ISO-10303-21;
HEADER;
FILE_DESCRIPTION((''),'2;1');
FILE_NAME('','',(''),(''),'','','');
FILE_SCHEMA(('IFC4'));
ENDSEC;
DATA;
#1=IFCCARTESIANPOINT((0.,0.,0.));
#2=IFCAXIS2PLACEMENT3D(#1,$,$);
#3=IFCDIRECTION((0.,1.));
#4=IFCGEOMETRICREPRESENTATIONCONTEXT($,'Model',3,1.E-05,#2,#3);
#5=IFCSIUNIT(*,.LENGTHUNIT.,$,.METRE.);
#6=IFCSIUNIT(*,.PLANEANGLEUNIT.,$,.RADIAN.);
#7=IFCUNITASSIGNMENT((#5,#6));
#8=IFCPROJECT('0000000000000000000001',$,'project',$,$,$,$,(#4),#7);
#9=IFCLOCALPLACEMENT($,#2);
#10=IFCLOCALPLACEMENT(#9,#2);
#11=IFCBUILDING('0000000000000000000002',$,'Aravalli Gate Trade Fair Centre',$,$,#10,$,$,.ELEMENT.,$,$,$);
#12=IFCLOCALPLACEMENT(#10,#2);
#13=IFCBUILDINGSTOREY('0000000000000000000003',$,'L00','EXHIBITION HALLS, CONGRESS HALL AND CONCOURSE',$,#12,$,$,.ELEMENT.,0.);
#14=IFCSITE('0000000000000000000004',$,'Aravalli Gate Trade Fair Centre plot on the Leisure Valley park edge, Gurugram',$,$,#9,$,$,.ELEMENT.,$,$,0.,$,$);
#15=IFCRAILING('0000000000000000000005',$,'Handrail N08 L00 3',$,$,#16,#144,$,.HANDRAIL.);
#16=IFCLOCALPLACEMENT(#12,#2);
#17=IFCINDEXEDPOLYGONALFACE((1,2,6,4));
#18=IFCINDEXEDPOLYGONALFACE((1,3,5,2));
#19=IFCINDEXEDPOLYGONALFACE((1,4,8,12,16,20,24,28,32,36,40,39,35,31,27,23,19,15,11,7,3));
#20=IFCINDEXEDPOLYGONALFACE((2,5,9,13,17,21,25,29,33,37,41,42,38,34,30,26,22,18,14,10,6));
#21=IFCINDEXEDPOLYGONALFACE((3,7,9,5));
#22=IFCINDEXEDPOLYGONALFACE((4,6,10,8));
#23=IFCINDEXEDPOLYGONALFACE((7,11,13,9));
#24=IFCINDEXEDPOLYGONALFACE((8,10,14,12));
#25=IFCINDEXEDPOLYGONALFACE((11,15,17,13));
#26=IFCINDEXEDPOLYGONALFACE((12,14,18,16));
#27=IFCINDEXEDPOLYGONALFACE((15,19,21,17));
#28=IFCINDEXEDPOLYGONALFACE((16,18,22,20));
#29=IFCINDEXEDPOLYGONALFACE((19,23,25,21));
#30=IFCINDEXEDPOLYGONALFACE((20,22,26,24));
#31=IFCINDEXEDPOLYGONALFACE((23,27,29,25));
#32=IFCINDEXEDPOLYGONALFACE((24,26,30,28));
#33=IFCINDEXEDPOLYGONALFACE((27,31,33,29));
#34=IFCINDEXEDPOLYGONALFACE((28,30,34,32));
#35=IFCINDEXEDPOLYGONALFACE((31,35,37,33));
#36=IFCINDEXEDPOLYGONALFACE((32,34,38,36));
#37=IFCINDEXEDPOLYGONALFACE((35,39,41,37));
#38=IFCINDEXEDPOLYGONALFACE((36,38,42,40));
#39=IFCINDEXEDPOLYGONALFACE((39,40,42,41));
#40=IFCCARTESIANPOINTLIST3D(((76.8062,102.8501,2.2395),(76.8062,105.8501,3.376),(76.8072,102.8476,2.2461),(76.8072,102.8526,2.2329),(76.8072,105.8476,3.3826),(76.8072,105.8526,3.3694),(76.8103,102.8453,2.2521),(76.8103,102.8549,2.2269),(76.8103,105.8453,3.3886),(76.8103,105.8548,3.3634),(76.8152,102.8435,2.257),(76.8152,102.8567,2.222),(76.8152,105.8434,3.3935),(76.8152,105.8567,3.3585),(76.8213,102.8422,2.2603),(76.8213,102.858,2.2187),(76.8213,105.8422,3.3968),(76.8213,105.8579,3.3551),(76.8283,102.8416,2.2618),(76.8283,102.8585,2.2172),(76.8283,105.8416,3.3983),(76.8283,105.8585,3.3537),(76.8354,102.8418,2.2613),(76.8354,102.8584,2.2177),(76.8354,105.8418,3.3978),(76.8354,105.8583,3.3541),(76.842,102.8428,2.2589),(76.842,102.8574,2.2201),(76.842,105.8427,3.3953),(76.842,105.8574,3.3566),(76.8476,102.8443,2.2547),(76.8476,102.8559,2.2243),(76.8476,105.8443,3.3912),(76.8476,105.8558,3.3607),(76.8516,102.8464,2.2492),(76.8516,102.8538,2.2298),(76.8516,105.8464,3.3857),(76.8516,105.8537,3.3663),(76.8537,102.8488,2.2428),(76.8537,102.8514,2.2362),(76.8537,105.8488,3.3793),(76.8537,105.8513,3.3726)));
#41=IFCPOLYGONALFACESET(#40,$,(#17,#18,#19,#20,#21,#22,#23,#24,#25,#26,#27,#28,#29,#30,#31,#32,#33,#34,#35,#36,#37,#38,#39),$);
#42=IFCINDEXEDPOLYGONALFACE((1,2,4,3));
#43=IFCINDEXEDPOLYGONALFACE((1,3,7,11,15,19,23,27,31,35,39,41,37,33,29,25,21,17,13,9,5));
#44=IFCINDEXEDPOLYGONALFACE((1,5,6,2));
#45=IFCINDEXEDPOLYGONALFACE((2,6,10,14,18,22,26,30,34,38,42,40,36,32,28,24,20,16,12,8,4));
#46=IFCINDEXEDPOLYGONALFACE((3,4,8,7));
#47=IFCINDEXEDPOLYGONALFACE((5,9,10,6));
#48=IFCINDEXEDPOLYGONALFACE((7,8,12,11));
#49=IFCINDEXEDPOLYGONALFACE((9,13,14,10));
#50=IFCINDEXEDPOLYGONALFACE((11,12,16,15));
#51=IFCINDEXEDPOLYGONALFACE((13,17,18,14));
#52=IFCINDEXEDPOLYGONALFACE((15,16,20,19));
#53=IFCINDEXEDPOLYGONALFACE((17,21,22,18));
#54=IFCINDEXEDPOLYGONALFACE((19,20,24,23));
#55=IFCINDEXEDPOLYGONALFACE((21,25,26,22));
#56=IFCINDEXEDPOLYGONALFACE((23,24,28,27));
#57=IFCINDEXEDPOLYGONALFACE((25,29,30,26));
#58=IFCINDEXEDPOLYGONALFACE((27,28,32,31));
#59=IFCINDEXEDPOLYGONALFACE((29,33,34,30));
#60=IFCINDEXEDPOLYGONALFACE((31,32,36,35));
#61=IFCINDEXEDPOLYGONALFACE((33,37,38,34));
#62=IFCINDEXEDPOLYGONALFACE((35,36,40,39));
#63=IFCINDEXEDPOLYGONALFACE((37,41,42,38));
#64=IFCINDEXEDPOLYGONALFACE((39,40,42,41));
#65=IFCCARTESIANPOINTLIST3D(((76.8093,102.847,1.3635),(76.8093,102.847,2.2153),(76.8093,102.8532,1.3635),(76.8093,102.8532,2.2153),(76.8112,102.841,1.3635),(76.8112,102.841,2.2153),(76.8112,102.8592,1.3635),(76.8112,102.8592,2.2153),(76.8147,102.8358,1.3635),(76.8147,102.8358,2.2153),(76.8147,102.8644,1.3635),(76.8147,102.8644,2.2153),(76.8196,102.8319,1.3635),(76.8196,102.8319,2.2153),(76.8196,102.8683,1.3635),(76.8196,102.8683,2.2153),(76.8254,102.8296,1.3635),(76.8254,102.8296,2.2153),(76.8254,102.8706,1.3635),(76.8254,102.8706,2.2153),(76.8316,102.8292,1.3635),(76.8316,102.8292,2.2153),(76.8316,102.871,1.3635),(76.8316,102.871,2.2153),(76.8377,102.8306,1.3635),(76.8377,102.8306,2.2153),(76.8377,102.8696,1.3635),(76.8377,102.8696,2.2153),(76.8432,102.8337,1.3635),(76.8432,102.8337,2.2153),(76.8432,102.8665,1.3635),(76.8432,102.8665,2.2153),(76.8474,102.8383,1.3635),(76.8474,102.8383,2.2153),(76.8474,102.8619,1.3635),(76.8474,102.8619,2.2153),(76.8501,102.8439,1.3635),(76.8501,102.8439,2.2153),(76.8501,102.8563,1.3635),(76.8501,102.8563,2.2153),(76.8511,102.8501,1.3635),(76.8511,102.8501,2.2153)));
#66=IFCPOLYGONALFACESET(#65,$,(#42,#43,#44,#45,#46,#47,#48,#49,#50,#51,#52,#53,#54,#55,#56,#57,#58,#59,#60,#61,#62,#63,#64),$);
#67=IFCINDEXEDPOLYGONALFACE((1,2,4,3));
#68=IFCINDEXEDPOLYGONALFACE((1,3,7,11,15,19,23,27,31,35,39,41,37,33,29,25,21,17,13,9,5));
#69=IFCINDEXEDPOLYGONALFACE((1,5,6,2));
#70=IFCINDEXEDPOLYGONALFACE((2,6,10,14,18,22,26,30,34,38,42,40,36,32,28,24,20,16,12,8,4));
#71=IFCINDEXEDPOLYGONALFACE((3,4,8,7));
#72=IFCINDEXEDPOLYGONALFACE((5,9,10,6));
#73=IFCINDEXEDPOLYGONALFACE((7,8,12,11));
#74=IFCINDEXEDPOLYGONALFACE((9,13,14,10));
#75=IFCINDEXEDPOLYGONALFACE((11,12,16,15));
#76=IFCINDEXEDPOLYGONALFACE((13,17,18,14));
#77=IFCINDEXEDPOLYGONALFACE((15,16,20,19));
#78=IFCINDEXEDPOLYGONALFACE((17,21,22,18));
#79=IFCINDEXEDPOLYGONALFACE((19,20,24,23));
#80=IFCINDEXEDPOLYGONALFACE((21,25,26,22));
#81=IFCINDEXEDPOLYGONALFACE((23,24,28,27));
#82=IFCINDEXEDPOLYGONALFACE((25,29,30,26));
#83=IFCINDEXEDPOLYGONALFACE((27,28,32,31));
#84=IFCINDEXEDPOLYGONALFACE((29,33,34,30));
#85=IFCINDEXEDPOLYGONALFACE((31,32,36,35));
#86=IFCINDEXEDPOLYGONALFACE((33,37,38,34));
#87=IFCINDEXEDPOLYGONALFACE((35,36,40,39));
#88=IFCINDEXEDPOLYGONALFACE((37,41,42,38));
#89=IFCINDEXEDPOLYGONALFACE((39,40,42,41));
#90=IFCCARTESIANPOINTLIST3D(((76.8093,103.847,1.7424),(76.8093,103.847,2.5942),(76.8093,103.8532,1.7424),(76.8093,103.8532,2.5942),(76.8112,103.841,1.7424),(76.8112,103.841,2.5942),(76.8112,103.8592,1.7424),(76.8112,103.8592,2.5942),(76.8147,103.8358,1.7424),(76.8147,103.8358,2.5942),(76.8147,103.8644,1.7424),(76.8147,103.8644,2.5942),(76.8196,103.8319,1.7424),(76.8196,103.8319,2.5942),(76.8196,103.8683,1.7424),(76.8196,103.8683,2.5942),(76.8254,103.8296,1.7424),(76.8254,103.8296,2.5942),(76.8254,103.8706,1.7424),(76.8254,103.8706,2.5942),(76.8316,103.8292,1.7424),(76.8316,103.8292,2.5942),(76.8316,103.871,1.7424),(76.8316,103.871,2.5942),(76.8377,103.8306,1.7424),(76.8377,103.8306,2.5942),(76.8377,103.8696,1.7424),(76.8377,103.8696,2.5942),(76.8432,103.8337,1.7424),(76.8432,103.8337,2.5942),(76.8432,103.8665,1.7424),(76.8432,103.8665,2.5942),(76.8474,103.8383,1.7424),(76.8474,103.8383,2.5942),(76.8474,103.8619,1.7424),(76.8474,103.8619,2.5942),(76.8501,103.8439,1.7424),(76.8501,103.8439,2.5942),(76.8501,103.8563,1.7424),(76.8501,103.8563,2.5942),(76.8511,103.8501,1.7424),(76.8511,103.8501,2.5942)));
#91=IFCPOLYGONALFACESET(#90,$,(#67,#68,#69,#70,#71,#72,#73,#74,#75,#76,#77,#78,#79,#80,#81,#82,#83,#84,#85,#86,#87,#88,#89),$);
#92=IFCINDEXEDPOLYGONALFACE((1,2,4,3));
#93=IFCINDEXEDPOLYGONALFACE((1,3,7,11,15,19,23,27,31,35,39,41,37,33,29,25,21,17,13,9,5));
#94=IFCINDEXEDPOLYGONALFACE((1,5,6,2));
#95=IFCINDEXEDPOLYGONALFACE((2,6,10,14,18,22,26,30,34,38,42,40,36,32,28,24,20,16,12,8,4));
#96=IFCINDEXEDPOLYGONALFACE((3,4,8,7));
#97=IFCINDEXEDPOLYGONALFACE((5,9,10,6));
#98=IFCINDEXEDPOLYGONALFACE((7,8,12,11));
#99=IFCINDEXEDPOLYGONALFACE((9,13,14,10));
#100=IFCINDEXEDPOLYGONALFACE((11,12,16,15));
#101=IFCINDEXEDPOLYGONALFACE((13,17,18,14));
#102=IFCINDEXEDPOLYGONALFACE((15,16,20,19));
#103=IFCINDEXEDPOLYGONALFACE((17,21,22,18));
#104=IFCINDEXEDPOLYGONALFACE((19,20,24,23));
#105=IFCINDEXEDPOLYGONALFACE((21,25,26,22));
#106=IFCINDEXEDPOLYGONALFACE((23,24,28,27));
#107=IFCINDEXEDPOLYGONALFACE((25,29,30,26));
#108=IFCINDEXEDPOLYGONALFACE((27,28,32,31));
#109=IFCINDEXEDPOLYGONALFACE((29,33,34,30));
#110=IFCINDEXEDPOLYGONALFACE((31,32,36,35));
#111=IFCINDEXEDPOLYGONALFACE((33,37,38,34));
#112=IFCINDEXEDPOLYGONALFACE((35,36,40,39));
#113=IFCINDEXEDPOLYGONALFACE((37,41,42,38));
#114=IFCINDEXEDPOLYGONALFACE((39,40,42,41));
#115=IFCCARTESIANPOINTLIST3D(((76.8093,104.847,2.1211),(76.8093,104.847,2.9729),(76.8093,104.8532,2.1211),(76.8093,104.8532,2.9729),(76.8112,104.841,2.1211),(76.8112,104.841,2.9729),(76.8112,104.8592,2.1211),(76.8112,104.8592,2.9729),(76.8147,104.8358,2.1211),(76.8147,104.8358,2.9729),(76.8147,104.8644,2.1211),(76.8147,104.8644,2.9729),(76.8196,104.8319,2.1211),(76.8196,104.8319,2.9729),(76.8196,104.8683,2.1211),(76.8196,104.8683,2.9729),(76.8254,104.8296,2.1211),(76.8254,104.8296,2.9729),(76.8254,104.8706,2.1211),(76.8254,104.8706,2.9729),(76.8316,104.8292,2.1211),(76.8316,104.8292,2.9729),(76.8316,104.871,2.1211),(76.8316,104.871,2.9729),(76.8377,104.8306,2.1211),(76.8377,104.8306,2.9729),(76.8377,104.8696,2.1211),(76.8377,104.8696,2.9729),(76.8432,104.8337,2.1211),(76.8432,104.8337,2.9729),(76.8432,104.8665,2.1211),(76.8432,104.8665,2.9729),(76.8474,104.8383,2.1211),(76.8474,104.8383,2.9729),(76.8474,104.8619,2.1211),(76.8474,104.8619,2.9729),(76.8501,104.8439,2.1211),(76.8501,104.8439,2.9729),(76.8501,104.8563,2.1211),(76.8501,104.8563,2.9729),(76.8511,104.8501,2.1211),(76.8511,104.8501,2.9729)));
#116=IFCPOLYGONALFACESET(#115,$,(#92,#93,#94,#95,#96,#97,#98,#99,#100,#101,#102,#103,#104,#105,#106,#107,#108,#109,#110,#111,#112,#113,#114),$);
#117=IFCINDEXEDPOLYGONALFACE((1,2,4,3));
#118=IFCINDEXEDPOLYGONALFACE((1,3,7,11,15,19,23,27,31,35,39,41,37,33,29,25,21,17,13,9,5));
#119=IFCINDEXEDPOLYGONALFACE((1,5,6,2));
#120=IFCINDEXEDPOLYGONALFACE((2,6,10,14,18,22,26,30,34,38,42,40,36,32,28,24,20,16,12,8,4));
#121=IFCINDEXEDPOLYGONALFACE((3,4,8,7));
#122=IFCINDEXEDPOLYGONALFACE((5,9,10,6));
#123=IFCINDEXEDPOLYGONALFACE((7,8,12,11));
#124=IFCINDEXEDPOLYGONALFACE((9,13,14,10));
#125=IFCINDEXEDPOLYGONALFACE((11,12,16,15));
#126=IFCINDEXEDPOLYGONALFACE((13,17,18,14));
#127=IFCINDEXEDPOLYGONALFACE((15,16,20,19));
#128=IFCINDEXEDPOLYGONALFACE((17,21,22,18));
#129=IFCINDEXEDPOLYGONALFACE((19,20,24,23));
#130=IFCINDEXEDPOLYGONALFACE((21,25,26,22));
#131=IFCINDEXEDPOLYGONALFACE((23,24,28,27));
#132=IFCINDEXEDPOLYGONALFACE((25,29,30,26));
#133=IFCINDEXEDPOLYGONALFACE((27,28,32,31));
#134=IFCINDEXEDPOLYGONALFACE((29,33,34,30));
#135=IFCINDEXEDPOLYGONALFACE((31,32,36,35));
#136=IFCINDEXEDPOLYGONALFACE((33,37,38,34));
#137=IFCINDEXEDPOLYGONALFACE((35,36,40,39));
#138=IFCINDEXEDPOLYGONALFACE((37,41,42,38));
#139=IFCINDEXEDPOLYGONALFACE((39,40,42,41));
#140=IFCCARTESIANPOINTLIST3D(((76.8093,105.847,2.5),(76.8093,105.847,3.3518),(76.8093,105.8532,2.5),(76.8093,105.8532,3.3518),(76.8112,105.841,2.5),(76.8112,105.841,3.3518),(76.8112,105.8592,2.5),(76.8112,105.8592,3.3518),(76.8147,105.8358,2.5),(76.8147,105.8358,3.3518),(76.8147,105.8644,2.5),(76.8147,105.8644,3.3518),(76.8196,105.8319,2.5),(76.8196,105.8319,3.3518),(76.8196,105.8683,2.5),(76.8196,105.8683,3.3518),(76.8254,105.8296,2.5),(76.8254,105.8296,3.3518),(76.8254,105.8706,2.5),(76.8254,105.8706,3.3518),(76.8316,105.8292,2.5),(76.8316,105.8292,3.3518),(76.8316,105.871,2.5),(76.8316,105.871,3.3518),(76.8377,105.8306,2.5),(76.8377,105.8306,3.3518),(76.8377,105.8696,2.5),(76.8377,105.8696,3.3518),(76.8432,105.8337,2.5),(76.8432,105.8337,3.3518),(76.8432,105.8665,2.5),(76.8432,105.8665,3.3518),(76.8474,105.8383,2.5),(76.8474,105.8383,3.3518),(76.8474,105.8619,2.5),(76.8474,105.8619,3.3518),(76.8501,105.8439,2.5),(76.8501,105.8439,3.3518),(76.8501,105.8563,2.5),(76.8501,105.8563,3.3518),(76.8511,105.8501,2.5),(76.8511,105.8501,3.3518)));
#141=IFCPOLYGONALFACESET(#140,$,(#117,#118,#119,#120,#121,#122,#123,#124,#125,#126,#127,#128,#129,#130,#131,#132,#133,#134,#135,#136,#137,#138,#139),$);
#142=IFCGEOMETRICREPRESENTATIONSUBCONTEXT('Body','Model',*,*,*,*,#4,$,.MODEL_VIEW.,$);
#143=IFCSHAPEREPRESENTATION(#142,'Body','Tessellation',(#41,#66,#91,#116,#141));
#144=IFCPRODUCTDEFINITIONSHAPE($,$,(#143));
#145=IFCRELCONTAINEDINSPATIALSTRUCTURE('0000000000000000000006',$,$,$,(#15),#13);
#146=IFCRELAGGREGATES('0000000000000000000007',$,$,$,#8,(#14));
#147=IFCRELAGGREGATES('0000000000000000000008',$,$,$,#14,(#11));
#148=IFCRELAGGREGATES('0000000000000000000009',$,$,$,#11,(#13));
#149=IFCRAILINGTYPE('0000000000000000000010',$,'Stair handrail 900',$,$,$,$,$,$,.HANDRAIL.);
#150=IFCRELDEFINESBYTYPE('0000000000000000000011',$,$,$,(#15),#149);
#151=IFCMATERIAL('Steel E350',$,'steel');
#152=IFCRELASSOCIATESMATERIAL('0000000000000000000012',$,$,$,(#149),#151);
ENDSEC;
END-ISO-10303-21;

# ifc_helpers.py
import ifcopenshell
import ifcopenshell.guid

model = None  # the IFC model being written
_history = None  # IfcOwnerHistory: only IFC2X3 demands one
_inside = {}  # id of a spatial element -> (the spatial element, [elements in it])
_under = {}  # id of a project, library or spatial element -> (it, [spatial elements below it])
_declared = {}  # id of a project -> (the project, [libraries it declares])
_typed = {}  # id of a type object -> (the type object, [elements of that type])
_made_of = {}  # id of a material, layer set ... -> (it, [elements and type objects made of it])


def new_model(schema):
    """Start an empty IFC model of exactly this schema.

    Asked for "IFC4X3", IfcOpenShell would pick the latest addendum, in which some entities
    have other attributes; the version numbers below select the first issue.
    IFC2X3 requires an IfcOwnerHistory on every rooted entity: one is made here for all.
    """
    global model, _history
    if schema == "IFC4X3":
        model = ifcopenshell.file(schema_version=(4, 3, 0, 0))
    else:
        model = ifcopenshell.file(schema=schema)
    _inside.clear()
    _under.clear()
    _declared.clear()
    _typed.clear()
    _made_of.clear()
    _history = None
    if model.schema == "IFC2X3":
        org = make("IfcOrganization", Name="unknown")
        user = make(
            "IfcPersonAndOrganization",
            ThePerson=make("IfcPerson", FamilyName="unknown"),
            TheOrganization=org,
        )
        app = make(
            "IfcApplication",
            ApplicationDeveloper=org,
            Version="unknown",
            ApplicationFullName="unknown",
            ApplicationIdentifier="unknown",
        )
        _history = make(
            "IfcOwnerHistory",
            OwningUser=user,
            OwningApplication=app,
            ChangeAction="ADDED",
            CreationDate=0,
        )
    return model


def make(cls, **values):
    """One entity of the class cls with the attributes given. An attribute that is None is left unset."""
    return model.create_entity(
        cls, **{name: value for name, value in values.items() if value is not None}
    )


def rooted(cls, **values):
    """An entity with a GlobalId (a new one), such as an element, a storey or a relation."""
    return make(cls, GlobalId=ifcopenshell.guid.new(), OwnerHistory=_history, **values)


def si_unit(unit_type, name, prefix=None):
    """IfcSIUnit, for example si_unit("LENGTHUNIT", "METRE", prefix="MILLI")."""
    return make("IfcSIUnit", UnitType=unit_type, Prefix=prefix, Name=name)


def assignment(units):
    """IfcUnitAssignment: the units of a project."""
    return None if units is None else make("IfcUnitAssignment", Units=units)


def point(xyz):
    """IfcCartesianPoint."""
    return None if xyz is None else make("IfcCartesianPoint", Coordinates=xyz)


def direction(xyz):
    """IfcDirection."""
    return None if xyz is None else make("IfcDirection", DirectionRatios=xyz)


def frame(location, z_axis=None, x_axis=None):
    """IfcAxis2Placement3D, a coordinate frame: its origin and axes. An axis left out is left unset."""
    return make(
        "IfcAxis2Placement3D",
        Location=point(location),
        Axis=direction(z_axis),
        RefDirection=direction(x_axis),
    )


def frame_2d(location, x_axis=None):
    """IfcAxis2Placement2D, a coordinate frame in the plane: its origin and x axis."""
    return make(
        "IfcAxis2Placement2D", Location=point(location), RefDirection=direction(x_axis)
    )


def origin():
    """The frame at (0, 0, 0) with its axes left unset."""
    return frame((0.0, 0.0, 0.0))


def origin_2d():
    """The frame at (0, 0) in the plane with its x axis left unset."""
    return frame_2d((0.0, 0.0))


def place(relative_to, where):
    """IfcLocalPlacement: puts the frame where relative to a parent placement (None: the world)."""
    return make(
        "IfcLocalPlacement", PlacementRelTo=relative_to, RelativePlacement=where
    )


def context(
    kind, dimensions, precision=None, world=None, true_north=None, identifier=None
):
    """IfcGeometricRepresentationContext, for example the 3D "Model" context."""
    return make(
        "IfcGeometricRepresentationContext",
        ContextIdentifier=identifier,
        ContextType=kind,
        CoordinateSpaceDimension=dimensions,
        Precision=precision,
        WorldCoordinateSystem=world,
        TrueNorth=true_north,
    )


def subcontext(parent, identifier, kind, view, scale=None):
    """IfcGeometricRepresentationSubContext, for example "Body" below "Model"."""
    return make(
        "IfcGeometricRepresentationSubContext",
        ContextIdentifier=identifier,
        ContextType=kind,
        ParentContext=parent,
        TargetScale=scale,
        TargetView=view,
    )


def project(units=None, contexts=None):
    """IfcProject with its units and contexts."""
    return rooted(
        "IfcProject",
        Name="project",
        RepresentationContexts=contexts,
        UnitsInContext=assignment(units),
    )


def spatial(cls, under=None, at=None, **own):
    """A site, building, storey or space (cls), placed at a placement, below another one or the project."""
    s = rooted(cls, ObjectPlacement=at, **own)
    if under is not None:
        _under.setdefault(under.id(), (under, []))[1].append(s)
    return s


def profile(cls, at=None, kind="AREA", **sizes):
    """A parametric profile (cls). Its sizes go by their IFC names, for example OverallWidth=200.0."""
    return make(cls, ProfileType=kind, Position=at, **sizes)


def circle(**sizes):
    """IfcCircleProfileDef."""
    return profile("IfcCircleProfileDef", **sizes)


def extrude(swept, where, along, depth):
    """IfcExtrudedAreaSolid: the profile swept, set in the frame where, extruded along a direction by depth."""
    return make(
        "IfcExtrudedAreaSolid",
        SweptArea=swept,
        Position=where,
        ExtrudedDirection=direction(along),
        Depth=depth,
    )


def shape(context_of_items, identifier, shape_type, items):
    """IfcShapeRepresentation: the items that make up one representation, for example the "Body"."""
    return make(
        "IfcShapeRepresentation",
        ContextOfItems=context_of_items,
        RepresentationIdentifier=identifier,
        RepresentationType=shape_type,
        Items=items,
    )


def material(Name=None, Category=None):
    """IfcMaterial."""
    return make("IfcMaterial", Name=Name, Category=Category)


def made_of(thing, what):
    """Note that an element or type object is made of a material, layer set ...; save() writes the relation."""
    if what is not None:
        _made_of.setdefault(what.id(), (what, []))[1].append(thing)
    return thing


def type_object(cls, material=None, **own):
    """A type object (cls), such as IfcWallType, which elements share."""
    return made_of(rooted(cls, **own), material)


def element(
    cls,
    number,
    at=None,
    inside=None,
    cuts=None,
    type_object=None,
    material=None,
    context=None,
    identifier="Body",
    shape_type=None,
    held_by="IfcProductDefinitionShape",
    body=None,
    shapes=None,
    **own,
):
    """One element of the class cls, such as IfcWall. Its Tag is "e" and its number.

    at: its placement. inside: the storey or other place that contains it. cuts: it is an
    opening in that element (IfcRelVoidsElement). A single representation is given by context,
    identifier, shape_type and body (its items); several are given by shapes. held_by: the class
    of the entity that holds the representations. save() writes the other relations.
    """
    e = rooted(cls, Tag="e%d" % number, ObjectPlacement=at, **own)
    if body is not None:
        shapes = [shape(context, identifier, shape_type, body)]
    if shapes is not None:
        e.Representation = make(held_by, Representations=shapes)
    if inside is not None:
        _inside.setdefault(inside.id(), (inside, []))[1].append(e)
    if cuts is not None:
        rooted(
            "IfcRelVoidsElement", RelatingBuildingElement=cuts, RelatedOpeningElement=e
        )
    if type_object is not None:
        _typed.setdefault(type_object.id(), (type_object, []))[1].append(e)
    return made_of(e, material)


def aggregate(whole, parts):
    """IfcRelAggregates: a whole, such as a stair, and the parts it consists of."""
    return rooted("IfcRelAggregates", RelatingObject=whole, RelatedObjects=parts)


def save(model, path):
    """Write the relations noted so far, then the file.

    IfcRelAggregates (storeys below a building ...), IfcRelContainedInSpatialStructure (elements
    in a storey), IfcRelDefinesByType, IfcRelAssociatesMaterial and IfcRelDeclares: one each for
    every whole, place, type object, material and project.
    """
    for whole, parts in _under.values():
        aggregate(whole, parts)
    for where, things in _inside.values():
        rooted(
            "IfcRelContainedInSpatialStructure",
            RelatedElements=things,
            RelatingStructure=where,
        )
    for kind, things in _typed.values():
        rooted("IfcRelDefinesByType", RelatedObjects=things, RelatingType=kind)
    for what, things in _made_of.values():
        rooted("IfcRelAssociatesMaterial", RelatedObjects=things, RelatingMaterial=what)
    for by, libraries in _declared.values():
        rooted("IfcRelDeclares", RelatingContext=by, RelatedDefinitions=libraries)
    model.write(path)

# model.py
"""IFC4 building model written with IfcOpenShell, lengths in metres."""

from ifc_helpers import new_model, si_unit, direction, frame, origin, origin_2d, place, context, subcontext, project, spatial, circle, extrude, material, type_object, element, save


model = new_model("IFC4")

# Units and contexts
model_context = context("Model", 3, precision=1e-05, world=origin(), true_north=direction((0.0, 1.0)))
body_context = subcontext(model_context, "Body", "Model", "MODEL_VIEW")
ifc_project = project(units=[si_unit("LENGTHUNIT", "METRE"), si_unit("PLANEANGLEUNIT", "RADIAN")], contexts=[model_context])

# Site, building, storey
site_placement = place(None, origin())
site = spatial("IfcSite", under=ifc_project, at=site_placement, Name="Aravalli Gate Trade Fair Centre plot on the Leisure Valley park edge, Gurugram", CompositionType="ELEMENT", RefElevation=0.0)
building_placement = place(site_placement, origin())
building = spatial("IfcBuilding", under=site, at=building_placement, Name="Aravalli Gate Trade Fair Centre", CompositionType="ELEMENT")
storey_placement = place(building_placement, origin())
storey = spatial("IfcBuildingStorey", under=building, at=storey_placement, Name="L00", Description="EXHIBITION HALLS, CONGRESS HALL AND CONCOURSE", CompositionType="ELEMENT", Elevation=0.0)

# Shared definitions
ifc_material_1 = material(Name="Steel E350", Category="steel")

# Railing
railing_type = type_object("IfcRailingType", Name="Stair handrail 900", PredefinedType="HANDRAIL", material=ifc_material_1)
railing_1_placement = place(storey_placement, frame((76.8301, 102.8501, 1.3635)))
element("IfcRailing", 1, at=railing_1_placement, inside=storey, type_object=railing_type, Name="Handrail N08 L00 3", PredefinedType="HANDRAIL", context=body_context, shape_type="SweptSolid", body=[
    extrude(circle(Radius=0.0239, at=origin_2d()), frame((0.0, 0.0, 0.876), z_axis=(0.0, 0.935148, 0.354257), x_axis=(-1.0, 0.0, 0.0)), (0.0, 0.0, 1.0), 3.208),
    extrude(circle(Radius=0.021, at=origin_2d()), origin(), (0.0, 0.0, 1.0), 0.8518),
    extrude(circle(Radius=0.021, at=origin_2d()), frame((0.0, 1.0, 0.3789)), (0.0, 0.0, 1.0), 0.8518),
    extrude(circle(Radius=0.021, at=origin_2d()), frame((0.0, 2.0, 0.7576)), (0.0, 0.0, 1.0), 0.8518),
    extrude(circle(Radius=0.021, at=origin_2d()), frame((0.0, 3.0, 1.1365)), (0.0, 0.0, 1.0), 0.8518),
])

save(model, "model.ifc")
